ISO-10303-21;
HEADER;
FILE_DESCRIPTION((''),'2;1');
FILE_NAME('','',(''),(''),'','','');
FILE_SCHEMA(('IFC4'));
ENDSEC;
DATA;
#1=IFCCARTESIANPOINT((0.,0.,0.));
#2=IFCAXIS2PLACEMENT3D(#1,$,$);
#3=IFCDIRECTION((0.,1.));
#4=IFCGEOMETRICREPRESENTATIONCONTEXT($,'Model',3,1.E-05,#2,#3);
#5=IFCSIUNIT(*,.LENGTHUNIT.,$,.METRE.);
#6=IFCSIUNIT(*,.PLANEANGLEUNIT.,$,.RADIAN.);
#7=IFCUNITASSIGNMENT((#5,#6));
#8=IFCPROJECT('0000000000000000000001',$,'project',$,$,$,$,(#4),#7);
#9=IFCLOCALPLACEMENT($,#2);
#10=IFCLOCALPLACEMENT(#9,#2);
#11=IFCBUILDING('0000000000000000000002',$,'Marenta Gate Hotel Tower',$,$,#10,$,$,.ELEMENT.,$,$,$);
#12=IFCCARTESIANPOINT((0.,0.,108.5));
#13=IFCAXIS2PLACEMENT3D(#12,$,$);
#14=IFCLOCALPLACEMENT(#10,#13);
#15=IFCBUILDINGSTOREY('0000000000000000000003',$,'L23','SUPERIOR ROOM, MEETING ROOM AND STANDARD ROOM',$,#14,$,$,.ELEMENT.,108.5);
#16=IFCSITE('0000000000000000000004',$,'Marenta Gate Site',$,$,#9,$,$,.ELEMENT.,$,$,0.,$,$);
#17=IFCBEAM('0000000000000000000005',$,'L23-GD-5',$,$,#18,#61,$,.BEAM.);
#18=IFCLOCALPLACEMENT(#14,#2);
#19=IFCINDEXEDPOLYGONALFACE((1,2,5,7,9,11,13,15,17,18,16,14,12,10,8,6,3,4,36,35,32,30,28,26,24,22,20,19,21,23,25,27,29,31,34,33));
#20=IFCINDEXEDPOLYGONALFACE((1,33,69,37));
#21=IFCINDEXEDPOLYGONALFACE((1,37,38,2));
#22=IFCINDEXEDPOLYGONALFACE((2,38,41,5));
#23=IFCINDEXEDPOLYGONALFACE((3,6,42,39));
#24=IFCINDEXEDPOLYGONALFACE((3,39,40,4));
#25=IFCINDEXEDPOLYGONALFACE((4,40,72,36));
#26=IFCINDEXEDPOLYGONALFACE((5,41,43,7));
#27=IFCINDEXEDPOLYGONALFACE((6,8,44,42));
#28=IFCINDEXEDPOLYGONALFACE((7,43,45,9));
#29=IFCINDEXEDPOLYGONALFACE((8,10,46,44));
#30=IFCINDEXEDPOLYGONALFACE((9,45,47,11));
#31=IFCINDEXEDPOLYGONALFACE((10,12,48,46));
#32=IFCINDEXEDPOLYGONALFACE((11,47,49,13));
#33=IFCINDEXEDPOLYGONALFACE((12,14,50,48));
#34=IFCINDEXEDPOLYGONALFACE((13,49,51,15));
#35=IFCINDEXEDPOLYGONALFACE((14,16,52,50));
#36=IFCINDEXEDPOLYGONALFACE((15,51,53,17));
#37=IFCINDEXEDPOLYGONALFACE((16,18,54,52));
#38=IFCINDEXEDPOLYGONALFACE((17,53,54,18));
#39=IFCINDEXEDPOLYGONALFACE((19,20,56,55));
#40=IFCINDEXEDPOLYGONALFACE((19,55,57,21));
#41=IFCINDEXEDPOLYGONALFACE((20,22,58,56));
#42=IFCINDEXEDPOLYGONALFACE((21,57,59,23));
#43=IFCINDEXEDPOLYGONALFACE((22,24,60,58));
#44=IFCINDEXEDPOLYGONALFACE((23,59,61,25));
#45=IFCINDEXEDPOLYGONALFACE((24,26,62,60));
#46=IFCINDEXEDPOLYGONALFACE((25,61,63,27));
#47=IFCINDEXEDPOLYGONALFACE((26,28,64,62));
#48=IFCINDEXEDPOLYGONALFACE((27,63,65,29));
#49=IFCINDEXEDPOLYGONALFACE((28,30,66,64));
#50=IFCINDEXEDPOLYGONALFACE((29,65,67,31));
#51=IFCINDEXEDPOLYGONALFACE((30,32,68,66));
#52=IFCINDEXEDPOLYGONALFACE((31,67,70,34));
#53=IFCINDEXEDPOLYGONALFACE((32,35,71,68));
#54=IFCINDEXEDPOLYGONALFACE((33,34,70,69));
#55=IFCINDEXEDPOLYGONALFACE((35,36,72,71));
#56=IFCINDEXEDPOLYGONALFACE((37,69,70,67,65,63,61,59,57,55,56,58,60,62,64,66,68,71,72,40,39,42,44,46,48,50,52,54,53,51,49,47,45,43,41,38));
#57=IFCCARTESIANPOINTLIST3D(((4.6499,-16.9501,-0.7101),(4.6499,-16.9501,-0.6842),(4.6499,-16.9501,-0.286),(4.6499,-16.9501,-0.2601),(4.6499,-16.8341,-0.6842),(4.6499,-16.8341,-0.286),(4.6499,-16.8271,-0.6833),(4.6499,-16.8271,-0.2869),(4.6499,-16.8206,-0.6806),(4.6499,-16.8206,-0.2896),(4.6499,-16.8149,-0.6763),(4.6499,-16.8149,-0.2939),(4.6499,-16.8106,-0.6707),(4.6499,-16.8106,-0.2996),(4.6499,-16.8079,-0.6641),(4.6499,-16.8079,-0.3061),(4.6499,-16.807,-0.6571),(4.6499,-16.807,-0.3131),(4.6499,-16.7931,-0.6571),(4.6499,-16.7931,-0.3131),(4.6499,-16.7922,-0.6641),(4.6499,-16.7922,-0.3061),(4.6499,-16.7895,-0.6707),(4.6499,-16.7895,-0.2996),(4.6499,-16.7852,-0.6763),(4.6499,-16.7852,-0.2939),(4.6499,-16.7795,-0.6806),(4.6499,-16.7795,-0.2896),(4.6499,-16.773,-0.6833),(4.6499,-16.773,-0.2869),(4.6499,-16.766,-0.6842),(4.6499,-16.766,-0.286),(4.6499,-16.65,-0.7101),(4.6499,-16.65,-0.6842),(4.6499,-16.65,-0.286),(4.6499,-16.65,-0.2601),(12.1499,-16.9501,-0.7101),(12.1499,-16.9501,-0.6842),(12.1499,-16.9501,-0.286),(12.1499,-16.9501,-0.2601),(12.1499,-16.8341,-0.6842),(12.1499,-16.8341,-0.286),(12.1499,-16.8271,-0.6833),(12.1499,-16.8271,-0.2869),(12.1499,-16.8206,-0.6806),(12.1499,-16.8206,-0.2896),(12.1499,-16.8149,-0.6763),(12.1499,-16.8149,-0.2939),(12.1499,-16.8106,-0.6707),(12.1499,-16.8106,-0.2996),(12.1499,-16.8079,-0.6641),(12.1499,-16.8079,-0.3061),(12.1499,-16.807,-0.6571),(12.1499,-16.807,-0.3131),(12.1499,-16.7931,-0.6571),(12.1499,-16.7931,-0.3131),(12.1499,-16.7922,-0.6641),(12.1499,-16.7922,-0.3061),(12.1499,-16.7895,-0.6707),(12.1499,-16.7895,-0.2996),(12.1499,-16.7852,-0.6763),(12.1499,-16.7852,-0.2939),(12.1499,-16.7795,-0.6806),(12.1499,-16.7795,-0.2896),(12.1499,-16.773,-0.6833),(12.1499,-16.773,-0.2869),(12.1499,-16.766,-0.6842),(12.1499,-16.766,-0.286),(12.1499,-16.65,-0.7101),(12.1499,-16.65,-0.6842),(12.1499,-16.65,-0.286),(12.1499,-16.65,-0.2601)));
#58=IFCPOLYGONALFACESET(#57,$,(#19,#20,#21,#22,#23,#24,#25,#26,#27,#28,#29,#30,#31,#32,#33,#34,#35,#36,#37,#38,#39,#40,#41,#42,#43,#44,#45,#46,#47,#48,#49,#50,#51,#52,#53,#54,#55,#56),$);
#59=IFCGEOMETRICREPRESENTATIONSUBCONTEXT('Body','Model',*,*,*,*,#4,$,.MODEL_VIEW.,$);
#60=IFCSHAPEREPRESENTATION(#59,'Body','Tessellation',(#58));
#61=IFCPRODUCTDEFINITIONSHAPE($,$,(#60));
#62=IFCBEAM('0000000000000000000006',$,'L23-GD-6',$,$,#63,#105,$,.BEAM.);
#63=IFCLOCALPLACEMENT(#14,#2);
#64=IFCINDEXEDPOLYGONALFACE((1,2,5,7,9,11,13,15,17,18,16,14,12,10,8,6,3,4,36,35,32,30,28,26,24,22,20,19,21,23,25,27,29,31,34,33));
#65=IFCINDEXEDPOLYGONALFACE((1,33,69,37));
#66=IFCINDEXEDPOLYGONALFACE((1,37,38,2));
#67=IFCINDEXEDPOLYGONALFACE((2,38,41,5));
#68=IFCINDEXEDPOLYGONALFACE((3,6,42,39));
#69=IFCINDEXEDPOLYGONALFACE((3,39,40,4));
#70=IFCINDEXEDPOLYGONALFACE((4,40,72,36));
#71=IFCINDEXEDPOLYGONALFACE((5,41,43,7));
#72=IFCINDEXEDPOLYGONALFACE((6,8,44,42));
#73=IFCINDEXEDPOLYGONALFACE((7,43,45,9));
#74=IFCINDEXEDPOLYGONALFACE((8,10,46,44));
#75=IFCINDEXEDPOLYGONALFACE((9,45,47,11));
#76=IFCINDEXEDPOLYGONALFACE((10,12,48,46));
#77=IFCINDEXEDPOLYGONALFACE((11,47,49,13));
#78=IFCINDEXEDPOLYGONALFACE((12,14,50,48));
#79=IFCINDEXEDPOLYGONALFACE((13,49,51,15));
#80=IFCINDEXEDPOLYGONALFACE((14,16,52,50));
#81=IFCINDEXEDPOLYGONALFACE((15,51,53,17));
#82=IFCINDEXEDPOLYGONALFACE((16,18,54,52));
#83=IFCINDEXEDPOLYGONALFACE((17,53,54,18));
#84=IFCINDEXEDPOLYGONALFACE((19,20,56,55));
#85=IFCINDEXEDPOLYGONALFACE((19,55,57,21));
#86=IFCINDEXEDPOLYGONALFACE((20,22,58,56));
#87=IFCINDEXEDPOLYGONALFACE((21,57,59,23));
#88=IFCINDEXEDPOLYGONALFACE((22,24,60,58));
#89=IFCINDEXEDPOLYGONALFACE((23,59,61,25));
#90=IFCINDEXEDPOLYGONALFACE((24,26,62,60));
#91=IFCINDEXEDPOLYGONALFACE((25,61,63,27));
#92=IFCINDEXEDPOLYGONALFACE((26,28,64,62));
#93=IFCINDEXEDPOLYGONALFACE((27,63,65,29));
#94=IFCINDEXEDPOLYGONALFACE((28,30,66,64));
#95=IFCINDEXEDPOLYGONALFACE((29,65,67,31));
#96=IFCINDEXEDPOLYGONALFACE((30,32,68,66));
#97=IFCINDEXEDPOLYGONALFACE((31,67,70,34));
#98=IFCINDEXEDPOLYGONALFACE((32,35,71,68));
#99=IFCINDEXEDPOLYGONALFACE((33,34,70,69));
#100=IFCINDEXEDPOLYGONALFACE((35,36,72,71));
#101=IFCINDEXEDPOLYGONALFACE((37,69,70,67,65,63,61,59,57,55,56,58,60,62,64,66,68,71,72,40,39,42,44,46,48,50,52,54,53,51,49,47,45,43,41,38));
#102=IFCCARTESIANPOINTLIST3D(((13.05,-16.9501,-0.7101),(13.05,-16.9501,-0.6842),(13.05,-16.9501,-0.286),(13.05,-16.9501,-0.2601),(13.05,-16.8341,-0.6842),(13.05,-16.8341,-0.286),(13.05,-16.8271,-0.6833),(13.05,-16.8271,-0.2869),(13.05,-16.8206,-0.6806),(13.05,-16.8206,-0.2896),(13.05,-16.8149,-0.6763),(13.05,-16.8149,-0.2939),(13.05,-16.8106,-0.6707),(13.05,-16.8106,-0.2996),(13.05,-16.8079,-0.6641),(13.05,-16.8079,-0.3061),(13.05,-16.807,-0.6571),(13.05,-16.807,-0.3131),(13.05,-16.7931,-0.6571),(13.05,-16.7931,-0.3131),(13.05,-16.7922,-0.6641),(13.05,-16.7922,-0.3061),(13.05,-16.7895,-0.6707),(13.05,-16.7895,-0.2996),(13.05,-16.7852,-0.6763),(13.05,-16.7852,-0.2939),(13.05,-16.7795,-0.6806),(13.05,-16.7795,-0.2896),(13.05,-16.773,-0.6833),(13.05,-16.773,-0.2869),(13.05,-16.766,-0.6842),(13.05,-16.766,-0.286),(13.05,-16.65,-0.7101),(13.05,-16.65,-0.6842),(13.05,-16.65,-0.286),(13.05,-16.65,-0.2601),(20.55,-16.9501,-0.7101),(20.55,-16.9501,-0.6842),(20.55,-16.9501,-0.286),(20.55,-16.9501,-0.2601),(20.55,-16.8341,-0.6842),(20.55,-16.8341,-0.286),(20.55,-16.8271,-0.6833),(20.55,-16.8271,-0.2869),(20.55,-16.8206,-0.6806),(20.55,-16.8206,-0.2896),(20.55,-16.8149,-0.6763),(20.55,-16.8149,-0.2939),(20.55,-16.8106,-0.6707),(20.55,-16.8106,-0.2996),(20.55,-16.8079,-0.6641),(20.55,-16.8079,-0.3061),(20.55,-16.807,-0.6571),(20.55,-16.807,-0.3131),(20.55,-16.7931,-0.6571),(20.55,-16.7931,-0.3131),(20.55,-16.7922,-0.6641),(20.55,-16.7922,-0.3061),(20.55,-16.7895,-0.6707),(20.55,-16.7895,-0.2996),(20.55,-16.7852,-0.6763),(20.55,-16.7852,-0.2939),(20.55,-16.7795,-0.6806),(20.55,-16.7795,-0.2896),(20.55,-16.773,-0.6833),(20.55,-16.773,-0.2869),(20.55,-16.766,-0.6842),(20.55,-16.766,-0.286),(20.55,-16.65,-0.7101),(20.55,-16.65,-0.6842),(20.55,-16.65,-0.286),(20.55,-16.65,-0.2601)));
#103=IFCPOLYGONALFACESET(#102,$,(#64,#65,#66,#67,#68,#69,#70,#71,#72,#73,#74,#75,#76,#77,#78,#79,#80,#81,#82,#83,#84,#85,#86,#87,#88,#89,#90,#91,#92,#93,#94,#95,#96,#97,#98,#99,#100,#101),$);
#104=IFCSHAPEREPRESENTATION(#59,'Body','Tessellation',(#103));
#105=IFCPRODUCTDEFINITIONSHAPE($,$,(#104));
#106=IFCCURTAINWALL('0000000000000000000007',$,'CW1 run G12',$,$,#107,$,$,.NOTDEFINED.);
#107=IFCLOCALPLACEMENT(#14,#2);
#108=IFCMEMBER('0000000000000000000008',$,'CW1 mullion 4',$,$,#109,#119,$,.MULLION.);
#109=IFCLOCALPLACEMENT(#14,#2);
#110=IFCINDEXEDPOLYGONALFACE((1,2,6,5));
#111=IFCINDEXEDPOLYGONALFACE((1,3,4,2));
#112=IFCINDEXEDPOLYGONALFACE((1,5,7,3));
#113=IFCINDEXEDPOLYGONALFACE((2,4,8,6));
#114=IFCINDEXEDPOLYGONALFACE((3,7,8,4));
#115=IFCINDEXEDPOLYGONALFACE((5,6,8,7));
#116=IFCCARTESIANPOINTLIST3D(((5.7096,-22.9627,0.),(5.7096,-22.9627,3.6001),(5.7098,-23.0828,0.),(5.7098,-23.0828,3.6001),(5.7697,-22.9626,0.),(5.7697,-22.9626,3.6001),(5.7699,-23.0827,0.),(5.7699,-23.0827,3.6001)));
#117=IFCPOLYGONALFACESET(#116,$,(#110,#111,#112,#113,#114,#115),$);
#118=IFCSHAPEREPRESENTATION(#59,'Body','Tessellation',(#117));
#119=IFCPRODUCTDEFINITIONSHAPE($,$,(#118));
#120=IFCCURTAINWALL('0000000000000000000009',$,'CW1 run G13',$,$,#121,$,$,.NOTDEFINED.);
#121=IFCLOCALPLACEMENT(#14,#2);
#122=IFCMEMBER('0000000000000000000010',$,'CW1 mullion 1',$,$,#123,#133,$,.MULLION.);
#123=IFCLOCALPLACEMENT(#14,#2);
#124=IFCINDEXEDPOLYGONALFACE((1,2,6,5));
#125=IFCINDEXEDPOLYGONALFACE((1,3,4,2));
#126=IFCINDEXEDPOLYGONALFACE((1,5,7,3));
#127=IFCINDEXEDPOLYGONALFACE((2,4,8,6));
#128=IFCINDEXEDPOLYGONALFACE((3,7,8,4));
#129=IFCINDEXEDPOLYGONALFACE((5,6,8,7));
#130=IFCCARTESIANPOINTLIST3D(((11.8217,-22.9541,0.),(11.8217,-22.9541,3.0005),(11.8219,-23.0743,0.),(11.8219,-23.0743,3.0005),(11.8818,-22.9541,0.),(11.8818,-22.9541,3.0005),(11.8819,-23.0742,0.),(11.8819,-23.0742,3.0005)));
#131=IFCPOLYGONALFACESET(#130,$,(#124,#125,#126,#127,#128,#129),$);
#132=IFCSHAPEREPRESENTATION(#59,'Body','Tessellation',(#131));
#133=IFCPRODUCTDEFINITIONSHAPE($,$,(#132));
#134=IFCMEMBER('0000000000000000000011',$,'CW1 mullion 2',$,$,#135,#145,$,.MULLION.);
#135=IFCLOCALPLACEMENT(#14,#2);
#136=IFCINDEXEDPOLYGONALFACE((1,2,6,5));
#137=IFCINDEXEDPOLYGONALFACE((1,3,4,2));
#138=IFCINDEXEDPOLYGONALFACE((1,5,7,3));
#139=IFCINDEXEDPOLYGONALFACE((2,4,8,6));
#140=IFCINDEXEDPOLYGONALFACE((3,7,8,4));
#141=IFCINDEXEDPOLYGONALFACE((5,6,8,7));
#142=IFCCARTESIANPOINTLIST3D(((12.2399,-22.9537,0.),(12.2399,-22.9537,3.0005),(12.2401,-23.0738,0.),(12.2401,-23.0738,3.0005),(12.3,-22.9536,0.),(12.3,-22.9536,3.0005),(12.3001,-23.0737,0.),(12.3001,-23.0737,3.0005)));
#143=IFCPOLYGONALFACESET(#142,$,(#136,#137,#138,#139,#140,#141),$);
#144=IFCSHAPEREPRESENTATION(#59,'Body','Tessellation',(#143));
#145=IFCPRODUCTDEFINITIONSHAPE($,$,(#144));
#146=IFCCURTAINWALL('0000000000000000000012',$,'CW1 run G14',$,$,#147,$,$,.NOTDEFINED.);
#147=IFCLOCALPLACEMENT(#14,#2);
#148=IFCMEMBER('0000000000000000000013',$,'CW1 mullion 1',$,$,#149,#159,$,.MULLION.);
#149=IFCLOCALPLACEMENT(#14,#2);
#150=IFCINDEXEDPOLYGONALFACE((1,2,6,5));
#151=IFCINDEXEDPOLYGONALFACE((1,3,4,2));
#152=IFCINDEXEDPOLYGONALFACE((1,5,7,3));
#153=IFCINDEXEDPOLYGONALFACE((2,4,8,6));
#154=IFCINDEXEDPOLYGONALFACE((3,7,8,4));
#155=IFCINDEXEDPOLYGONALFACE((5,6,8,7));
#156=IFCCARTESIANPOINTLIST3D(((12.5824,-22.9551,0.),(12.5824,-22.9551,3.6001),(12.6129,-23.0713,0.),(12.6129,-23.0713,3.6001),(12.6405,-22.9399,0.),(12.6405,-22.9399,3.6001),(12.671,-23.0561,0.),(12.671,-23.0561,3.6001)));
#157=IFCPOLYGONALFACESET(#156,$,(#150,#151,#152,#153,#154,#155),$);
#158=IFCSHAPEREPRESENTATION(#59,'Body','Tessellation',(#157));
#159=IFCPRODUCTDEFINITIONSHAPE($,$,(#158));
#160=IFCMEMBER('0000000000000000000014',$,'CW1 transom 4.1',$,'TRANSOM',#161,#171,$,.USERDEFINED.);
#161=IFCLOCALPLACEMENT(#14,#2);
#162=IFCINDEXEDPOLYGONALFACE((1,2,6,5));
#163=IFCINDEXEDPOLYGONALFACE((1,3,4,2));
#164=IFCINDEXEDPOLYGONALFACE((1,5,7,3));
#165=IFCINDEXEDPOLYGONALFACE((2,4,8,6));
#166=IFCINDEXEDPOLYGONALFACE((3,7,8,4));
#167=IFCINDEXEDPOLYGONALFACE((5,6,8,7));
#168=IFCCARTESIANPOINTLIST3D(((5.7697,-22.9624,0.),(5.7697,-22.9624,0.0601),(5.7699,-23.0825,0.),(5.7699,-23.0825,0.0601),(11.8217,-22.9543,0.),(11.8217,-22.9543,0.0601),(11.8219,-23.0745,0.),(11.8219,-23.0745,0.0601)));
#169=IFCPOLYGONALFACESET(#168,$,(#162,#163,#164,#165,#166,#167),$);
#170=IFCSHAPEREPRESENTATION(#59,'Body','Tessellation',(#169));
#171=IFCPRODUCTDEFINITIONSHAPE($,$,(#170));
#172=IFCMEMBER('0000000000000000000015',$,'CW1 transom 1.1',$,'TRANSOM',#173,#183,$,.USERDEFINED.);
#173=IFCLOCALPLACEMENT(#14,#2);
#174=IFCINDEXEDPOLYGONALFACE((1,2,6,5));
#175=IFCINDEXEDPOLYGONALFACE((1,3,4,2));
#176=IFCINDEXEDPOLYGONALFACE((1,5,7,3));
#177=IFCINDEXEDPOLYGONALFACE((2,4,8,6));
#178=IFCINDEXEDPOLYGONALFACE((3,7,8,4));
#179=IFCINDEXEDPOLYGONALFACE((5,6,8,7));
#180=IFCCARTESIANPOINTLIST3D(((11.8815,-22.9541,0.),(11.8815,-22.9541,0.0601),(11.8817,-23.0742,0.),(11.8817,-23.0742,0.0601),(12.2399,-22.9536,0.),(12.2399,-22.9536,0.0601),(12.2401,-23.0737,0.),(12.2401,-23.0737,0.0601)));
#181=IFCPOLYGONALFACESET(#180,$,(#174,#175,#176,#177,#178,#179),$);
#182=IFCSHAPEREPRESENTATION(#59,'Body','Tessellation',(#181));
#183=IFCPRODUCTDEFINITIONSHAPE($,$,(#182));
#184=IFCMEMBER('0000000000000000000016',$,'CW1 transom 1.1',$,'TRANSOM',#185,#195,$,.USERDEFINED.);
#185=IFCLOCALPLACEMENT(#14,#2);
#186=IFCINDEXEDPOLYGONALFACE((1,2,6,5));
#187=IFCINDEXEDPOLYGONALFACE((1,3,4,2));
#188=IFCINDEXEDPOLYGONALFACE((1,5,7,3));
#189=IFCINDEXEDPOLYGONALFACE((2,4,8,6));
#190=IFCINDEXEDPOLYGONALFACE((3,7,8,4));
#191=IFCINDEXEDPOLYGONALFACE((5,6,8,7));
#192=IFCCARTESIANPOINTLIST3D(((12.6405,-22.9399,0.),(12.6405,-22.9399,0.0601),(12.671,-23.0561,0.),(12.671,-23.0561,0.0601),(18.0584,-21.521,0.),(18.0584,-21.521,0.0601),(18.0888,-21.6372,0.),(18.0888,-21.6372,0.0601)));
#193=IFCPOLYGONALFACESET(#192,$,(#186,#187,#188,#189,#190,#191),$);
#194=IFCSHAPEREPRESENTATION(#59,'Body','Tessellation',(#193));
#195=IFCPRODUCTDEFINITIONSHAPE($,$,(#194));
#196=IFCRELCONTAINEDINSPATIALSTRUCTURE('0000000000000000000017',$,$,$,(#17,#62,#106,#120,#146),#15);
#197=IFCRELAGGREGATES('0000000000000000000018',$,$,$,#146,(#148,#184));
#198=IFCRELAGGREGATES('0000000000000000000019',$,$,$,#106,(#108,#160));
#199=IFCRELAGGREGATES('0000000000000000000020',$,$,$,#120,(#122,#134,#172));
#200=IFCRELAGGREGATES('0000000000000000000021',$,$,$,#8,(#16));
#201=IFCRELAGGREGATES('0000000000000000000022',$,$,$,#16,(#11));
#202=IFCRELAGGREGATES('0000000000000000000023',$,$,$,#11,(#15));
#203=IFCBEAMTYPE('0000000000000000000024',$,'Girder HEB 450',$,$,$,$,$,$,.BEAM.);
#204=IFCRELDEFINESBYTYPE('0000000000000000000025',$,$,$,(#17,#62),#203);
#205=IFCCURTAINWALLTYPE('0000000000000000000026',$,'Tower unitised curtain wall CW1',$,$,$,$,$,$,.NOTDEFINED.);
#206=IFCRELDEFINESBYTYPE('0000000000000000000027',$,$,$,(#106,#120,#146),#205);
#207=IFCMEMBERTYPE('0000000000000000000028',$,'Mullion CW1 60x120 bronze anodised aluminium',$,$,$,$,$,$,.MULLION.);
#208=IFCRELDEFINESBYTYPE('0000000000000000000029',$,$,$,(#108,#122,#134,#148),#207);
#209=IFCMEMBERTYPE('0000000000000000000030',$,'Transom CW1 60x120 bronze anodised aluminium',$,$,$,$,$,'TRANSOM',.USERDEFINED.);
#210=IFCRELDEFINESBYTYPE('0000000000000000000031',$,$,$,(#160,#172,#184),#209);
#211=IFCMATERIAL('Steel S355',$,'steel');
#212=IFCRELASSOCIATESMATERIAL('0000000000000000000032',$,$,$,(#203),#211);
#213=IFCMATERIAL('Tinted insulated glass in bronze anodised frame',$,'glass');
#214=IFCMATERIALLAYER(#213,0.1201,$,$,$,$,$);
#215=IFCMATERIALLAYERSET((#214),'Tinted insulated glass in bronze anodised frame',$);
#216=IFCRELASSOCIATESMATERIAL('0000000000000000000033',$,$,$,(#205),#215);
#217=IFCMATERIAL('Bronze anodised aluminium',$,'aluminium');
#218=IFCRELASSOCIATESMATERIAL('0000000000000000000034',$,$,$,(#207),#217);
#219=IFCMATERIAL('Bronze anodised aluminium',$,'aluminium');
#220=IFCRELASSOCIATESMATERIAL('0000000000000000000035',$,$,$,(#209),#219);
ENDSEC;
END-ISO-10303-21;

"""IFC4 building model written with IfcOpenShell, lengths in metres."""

from ifc_helpers import new_model, si_unit, direction, frame, origin, origin_2d, place, context, subcontext, project, spatial, rectangle, i_section, extrude, material, layer, layer_set, material_profile, profile_set, type_object, element, aggregate, save


model = new_model("IFC4")

# Units and contexts
model_context = context("Model", 3, precision=1e-05, world=origin(), true_north=direction((0.0, 1.0)))
body_context = subcontext(model_context, "Body", "Model", "MODEL_VIEW")
ifc_project = project(units=[si_unit("LENGTHUNIT", "METRE"), si_unit("PLANEANGLEUNIT", "RADIAN")], contexts=[model_context])

# Site, building, storey
site_placement = place(None, origin())
site = spatial("IfcSite", under=ifc_project, at=site_placement, Name="Marenta Gate Site", CompositionType="ELEMENT", RefElevation=0.0)
building_placement = place(site_placement, origin())
building = spatial("IfcBuilding", under=site, at=building_placement, Name="Marenta Gate Hotel Tower", CompositionType="ELEMENT")
storey_placement = place(building_placement, frame((0.0, 0.0, 108.5)))
storey = spatial("IfcBuildingStorey", under=building, at=storey_placement, Name="L23", Description="SUPERIOR ROOM, MEETING ROOM AND STANDARD ROOM", CompositionType="ELEMENT", Elevation=108.5)

# Beams
ifc_material_1 = material(Name="Steel S355", Category="steel")
ifc_material_profile_1 = material_profile(ifc_material_1, i_section(OverallWidth=0.3, OverallDepth=0.45, WebThickness=0.0139, FlangeThickness=0.0259, FilletRadius=0.0271, at=origin_2d()), Name="HEB 450")
ifc_profile_set_1 = profile_set([ifc_material_profile_1], Name="Steel S355")
beam_type_1 = type_object("IfcBeamType", Name="Girder HEB 450", PredefinedType="BEAM", material=ifc_profile_set_1)
for number, where, z_axis, x_axis, name in (
    (1, (4.6499, -16.8, -0.4851), (1.0, 0.0, 0.0), (0.0, 1.0, 0.0), "L23-GD-5"),
    (2, (13.05, -16.8, -0.4851), (1.0, 0.0, 0.0), (0.0, 1.0, 0.0), "L23-GD-6"),
):
    element("IfcBeam", number, at=place(storey_placement, frame(where, z_axis=z_axis, x_axis=x_axis)), inside=storey, type_object=beam_type_1, Name=name, PredefinedType="BEAM", context=body_context, shape_type="SweptSolid", body=[
        extrude(i_section(OverallWidth=0.3, OverallDepth=0.45, WebThickness=0.0139, FlangeThickness=0.0259, FilletRadius=0.0271, at=origin_2d()), origin(), (0.0, 0.0, 1.0), 7.5),
    ])

# Curtain wall, member
ifc_material_2 = material(Name="Tinted insulated glass in bronze anodised frame", Category="glass")
ifc_layer_1 = layer(ifc_material_2, 0.1201)
ifc_layer_set_1 = layer_set([ifc_layer_1], Name="Tinted insulated glass in bronze anodised frame")
curtain_wall_type = type_object("IfcCurtainWallType", Name="Tower unitised curtain wall CW1", PredefinedType="NOTDEFINED", material=ifc_layer_set_1)
curtain_wall_1_placement = place(storey_placement, origin())
curtain_wall_1 = element("IfcCurtainWall", 3, at=curtain_wall_1_placement, inside=storey, type_object=curtain_wall_type, Name="CW1 run G12", PredefinedType="NOTDEFINED")
ifc_material_3 = material(Name="Bronze anodised aluminium", Category="aluminium")
ifc_material_profile_2 = material_profile(ifc_material_3, rectangle(XDim=0.1201, YDim=0.0601, at=origin_2d()), Name="Mullion CW1 60x120 bronze anodised aluminium")
ifc_profile_set_2 = profile_set([ifc_material_profile_2], Name="Bronze anodised aluminium")
member_type_1 = type_object("IfcMemberType", Name="Mullion CW1 60x120 bronze anodised aluminium", PredefinedType="MULLION", material=ifc_profile_set_2)
member_1_placement = place(storey_placement, frame((5.7397, -23.0227, 0.0), z_axis=(0.0, 0.0, 1.0), x_axis=(-0.001365, 0.999999, 0.0)))
member_1 = element("IfcMember", 4, at=member_1_placement, type_object=member_type_1, Name="CW1 mullion 4", PredefinedType="MULLION", context=body_context, shape_type="SweptSolid", body=[
    extrude(rectangle(XDim=0.1201, YDim=0.0601, at=origin_2d()), origin(), (0.0, 0.0, 1.0), 3.6001),
])

# Curtain wall, members
curtain_wall_2_placement = place(storey_placement, origin())
curtain_wall_2 = element("IfcCurtainWall", 5, at=curtain_wall_2_placement, inside=storey, type_object=curtain_wall_type, Name="CW1 run G13", PredefinedType="NOTDEFINED")
member_2_placement = place(storey_placement, frame((11.8518, -23.0142, 0.0), z_axis=(0.0, 0.0, 1.0), x_axis=(-0.001255, 0.999999, 0.0)))
member_2 = element("IfcMember", 6, at=member_2_placement, type_object=member_type_1, Name="CW1 mullion 1", PredefinedType="MULLION", context=body_context, shape_type="SweptSolid", body=[
    extrude(rectangle(XDim=0.1201, YDim=0.0601, at=origin_2d()), origin(), (0.0, 0.0, 1.0), 3.0005),
])
member_3_placement = place(storey_placement, frame((12.27, -23.0137, 0.0), z_axis=(0.0, 0.0, 1.0), x_axis=(-0.001255, 0.999999, 0.0)))
member_3 = element("IfcMember", 7, at=member_3_placement, type_object=member_type_1, Name="CW1 mullion 2", PredefinedType="MULLION", context=body_context, shape_type="SweptSolid", body=[
    extrude(rectangle(XDim=0.1201, YDim=0.0601, at=origin_2d()), origin(), (0.0, 0.0, 1.0), 3.0005),
])

# Curtain wall, member
curtain_wall_3_placement = place(storey_placement, origin())
curtain_wall_3 = element("IfcCurtainWall", 8, at=curtain_wall_3_placement, inside=storey, type_object=curtain_wall_type, Name="CW1 run G14", PredefinedType="NOTDEFINED")
member_4_placement = place(storey_placement, frame((12.6267, -23.0056, 0.0), z_axis=(0.0, 0.0, 1.0), x_axis=(-0.253374, 0.967368, 0.0)))
member_4 = element("IfcMember", 9, at=member_4_placement, type_object=member_type_1, Name="CW1 mullion 1", PredefinedType="MULLION", context=body_context, shape_type="SweptSolid", body=[
    extrude(rectangle(XDim=0.1201, YDim=0.0601, at=origin_2d()), origin(), (0.0, 0.0, 1.0), 3.6001),
])

# Members
ifc_material_4 = material(Name="Bronze anodised aluminium", Category="aluminium")
ifc_material_profile_3 = material_profile(ifc_material_4, rectangle(XDim=0.1201, YDim=0.0601, at=origin_2d()), Name="Transom CW1 60x120 bronze anodised aluminium")
ifc_profile_set_3 = profile_set([ifc_material_profile_3], Name="Bronze anodised aluminium")
member_type_2 = type_object("IfcMemberType", Name="Transom CW1 60x120 bronze anodised aluminium", ElementType="TRANSOM", PredefinedType="USERDEFINED", material=ifc_profile_set_3)
member_5_placement = place(storey_placement, frame((5.7698, -23.0225, 0.03), z_axis=(0.999999, 0.001331, 0.0), x_axis=(-0.001331, 0.999999, 0.0)))
member_5 = element("IfcMember", 10, at=member_5_placement, type_object=member_type_2, Name="CW1 transom 4.1", ObjectType="TRANSOM", PredefinedType="USERDEFINED", context=body_context, shape_type="SweptSolid", body=[
    extrude(rectangle(XDim=0.1201, YDim=0.0601, at=origin_2d()), origin(), (0.0, 0.0, 1.0), 6.052),
])
member_6_placement = place(storey_placement, frame((11.8816, -23.0142, 0.03), z_axis=(0.999999, 0.001362, 0.0), x_axis=(-0.001362, 0.999999, 0.0)))
member_6 = element("IfcMember", 11, at=member_6_placement, type_object=member_type_2, Name="CW1 transom 1.1", ObjectType="TRANSOM", PredefinedType="USERDEFINED", context=body_context, shape_type="SweptSolid", body=[
    extrude(rectangle(XDim=0.1201, YDim=0.0601, at=origin_2d()), origin(), (0.0, 0.0, 1.0), 0.3584),
])
member_7_placement = place(storey_placement, frame((12.6558, -22.998, 0.03), z_axis=(0.967374, 0.253352, 0.0), x_axis=(-0.253352, 0.967374, 0.0)))
member_7 = element("IfcMember", 12, at=member_7_placement, type_object=member_type_2, Name="CW1 transom 1.1", ObjectType="TRANSOM", PredefinedType="USERDEFINED", context=body_context, shape_type="SweptSolid", body=[
    extrude(rectangle(XDim=0.1201, YDim=0.0601, at=origin_2d()), origin(), (0.0, 0.0, 1.0), 5.6006),
])
aggregate(curtain_wall_3, [member_4, member_7])

aggregate(curtain_wall_1, [member_1, member_5])
aggregate(curtain_wall_2, [member_2, member_3, member_6])

save(model, "model.ifc")
